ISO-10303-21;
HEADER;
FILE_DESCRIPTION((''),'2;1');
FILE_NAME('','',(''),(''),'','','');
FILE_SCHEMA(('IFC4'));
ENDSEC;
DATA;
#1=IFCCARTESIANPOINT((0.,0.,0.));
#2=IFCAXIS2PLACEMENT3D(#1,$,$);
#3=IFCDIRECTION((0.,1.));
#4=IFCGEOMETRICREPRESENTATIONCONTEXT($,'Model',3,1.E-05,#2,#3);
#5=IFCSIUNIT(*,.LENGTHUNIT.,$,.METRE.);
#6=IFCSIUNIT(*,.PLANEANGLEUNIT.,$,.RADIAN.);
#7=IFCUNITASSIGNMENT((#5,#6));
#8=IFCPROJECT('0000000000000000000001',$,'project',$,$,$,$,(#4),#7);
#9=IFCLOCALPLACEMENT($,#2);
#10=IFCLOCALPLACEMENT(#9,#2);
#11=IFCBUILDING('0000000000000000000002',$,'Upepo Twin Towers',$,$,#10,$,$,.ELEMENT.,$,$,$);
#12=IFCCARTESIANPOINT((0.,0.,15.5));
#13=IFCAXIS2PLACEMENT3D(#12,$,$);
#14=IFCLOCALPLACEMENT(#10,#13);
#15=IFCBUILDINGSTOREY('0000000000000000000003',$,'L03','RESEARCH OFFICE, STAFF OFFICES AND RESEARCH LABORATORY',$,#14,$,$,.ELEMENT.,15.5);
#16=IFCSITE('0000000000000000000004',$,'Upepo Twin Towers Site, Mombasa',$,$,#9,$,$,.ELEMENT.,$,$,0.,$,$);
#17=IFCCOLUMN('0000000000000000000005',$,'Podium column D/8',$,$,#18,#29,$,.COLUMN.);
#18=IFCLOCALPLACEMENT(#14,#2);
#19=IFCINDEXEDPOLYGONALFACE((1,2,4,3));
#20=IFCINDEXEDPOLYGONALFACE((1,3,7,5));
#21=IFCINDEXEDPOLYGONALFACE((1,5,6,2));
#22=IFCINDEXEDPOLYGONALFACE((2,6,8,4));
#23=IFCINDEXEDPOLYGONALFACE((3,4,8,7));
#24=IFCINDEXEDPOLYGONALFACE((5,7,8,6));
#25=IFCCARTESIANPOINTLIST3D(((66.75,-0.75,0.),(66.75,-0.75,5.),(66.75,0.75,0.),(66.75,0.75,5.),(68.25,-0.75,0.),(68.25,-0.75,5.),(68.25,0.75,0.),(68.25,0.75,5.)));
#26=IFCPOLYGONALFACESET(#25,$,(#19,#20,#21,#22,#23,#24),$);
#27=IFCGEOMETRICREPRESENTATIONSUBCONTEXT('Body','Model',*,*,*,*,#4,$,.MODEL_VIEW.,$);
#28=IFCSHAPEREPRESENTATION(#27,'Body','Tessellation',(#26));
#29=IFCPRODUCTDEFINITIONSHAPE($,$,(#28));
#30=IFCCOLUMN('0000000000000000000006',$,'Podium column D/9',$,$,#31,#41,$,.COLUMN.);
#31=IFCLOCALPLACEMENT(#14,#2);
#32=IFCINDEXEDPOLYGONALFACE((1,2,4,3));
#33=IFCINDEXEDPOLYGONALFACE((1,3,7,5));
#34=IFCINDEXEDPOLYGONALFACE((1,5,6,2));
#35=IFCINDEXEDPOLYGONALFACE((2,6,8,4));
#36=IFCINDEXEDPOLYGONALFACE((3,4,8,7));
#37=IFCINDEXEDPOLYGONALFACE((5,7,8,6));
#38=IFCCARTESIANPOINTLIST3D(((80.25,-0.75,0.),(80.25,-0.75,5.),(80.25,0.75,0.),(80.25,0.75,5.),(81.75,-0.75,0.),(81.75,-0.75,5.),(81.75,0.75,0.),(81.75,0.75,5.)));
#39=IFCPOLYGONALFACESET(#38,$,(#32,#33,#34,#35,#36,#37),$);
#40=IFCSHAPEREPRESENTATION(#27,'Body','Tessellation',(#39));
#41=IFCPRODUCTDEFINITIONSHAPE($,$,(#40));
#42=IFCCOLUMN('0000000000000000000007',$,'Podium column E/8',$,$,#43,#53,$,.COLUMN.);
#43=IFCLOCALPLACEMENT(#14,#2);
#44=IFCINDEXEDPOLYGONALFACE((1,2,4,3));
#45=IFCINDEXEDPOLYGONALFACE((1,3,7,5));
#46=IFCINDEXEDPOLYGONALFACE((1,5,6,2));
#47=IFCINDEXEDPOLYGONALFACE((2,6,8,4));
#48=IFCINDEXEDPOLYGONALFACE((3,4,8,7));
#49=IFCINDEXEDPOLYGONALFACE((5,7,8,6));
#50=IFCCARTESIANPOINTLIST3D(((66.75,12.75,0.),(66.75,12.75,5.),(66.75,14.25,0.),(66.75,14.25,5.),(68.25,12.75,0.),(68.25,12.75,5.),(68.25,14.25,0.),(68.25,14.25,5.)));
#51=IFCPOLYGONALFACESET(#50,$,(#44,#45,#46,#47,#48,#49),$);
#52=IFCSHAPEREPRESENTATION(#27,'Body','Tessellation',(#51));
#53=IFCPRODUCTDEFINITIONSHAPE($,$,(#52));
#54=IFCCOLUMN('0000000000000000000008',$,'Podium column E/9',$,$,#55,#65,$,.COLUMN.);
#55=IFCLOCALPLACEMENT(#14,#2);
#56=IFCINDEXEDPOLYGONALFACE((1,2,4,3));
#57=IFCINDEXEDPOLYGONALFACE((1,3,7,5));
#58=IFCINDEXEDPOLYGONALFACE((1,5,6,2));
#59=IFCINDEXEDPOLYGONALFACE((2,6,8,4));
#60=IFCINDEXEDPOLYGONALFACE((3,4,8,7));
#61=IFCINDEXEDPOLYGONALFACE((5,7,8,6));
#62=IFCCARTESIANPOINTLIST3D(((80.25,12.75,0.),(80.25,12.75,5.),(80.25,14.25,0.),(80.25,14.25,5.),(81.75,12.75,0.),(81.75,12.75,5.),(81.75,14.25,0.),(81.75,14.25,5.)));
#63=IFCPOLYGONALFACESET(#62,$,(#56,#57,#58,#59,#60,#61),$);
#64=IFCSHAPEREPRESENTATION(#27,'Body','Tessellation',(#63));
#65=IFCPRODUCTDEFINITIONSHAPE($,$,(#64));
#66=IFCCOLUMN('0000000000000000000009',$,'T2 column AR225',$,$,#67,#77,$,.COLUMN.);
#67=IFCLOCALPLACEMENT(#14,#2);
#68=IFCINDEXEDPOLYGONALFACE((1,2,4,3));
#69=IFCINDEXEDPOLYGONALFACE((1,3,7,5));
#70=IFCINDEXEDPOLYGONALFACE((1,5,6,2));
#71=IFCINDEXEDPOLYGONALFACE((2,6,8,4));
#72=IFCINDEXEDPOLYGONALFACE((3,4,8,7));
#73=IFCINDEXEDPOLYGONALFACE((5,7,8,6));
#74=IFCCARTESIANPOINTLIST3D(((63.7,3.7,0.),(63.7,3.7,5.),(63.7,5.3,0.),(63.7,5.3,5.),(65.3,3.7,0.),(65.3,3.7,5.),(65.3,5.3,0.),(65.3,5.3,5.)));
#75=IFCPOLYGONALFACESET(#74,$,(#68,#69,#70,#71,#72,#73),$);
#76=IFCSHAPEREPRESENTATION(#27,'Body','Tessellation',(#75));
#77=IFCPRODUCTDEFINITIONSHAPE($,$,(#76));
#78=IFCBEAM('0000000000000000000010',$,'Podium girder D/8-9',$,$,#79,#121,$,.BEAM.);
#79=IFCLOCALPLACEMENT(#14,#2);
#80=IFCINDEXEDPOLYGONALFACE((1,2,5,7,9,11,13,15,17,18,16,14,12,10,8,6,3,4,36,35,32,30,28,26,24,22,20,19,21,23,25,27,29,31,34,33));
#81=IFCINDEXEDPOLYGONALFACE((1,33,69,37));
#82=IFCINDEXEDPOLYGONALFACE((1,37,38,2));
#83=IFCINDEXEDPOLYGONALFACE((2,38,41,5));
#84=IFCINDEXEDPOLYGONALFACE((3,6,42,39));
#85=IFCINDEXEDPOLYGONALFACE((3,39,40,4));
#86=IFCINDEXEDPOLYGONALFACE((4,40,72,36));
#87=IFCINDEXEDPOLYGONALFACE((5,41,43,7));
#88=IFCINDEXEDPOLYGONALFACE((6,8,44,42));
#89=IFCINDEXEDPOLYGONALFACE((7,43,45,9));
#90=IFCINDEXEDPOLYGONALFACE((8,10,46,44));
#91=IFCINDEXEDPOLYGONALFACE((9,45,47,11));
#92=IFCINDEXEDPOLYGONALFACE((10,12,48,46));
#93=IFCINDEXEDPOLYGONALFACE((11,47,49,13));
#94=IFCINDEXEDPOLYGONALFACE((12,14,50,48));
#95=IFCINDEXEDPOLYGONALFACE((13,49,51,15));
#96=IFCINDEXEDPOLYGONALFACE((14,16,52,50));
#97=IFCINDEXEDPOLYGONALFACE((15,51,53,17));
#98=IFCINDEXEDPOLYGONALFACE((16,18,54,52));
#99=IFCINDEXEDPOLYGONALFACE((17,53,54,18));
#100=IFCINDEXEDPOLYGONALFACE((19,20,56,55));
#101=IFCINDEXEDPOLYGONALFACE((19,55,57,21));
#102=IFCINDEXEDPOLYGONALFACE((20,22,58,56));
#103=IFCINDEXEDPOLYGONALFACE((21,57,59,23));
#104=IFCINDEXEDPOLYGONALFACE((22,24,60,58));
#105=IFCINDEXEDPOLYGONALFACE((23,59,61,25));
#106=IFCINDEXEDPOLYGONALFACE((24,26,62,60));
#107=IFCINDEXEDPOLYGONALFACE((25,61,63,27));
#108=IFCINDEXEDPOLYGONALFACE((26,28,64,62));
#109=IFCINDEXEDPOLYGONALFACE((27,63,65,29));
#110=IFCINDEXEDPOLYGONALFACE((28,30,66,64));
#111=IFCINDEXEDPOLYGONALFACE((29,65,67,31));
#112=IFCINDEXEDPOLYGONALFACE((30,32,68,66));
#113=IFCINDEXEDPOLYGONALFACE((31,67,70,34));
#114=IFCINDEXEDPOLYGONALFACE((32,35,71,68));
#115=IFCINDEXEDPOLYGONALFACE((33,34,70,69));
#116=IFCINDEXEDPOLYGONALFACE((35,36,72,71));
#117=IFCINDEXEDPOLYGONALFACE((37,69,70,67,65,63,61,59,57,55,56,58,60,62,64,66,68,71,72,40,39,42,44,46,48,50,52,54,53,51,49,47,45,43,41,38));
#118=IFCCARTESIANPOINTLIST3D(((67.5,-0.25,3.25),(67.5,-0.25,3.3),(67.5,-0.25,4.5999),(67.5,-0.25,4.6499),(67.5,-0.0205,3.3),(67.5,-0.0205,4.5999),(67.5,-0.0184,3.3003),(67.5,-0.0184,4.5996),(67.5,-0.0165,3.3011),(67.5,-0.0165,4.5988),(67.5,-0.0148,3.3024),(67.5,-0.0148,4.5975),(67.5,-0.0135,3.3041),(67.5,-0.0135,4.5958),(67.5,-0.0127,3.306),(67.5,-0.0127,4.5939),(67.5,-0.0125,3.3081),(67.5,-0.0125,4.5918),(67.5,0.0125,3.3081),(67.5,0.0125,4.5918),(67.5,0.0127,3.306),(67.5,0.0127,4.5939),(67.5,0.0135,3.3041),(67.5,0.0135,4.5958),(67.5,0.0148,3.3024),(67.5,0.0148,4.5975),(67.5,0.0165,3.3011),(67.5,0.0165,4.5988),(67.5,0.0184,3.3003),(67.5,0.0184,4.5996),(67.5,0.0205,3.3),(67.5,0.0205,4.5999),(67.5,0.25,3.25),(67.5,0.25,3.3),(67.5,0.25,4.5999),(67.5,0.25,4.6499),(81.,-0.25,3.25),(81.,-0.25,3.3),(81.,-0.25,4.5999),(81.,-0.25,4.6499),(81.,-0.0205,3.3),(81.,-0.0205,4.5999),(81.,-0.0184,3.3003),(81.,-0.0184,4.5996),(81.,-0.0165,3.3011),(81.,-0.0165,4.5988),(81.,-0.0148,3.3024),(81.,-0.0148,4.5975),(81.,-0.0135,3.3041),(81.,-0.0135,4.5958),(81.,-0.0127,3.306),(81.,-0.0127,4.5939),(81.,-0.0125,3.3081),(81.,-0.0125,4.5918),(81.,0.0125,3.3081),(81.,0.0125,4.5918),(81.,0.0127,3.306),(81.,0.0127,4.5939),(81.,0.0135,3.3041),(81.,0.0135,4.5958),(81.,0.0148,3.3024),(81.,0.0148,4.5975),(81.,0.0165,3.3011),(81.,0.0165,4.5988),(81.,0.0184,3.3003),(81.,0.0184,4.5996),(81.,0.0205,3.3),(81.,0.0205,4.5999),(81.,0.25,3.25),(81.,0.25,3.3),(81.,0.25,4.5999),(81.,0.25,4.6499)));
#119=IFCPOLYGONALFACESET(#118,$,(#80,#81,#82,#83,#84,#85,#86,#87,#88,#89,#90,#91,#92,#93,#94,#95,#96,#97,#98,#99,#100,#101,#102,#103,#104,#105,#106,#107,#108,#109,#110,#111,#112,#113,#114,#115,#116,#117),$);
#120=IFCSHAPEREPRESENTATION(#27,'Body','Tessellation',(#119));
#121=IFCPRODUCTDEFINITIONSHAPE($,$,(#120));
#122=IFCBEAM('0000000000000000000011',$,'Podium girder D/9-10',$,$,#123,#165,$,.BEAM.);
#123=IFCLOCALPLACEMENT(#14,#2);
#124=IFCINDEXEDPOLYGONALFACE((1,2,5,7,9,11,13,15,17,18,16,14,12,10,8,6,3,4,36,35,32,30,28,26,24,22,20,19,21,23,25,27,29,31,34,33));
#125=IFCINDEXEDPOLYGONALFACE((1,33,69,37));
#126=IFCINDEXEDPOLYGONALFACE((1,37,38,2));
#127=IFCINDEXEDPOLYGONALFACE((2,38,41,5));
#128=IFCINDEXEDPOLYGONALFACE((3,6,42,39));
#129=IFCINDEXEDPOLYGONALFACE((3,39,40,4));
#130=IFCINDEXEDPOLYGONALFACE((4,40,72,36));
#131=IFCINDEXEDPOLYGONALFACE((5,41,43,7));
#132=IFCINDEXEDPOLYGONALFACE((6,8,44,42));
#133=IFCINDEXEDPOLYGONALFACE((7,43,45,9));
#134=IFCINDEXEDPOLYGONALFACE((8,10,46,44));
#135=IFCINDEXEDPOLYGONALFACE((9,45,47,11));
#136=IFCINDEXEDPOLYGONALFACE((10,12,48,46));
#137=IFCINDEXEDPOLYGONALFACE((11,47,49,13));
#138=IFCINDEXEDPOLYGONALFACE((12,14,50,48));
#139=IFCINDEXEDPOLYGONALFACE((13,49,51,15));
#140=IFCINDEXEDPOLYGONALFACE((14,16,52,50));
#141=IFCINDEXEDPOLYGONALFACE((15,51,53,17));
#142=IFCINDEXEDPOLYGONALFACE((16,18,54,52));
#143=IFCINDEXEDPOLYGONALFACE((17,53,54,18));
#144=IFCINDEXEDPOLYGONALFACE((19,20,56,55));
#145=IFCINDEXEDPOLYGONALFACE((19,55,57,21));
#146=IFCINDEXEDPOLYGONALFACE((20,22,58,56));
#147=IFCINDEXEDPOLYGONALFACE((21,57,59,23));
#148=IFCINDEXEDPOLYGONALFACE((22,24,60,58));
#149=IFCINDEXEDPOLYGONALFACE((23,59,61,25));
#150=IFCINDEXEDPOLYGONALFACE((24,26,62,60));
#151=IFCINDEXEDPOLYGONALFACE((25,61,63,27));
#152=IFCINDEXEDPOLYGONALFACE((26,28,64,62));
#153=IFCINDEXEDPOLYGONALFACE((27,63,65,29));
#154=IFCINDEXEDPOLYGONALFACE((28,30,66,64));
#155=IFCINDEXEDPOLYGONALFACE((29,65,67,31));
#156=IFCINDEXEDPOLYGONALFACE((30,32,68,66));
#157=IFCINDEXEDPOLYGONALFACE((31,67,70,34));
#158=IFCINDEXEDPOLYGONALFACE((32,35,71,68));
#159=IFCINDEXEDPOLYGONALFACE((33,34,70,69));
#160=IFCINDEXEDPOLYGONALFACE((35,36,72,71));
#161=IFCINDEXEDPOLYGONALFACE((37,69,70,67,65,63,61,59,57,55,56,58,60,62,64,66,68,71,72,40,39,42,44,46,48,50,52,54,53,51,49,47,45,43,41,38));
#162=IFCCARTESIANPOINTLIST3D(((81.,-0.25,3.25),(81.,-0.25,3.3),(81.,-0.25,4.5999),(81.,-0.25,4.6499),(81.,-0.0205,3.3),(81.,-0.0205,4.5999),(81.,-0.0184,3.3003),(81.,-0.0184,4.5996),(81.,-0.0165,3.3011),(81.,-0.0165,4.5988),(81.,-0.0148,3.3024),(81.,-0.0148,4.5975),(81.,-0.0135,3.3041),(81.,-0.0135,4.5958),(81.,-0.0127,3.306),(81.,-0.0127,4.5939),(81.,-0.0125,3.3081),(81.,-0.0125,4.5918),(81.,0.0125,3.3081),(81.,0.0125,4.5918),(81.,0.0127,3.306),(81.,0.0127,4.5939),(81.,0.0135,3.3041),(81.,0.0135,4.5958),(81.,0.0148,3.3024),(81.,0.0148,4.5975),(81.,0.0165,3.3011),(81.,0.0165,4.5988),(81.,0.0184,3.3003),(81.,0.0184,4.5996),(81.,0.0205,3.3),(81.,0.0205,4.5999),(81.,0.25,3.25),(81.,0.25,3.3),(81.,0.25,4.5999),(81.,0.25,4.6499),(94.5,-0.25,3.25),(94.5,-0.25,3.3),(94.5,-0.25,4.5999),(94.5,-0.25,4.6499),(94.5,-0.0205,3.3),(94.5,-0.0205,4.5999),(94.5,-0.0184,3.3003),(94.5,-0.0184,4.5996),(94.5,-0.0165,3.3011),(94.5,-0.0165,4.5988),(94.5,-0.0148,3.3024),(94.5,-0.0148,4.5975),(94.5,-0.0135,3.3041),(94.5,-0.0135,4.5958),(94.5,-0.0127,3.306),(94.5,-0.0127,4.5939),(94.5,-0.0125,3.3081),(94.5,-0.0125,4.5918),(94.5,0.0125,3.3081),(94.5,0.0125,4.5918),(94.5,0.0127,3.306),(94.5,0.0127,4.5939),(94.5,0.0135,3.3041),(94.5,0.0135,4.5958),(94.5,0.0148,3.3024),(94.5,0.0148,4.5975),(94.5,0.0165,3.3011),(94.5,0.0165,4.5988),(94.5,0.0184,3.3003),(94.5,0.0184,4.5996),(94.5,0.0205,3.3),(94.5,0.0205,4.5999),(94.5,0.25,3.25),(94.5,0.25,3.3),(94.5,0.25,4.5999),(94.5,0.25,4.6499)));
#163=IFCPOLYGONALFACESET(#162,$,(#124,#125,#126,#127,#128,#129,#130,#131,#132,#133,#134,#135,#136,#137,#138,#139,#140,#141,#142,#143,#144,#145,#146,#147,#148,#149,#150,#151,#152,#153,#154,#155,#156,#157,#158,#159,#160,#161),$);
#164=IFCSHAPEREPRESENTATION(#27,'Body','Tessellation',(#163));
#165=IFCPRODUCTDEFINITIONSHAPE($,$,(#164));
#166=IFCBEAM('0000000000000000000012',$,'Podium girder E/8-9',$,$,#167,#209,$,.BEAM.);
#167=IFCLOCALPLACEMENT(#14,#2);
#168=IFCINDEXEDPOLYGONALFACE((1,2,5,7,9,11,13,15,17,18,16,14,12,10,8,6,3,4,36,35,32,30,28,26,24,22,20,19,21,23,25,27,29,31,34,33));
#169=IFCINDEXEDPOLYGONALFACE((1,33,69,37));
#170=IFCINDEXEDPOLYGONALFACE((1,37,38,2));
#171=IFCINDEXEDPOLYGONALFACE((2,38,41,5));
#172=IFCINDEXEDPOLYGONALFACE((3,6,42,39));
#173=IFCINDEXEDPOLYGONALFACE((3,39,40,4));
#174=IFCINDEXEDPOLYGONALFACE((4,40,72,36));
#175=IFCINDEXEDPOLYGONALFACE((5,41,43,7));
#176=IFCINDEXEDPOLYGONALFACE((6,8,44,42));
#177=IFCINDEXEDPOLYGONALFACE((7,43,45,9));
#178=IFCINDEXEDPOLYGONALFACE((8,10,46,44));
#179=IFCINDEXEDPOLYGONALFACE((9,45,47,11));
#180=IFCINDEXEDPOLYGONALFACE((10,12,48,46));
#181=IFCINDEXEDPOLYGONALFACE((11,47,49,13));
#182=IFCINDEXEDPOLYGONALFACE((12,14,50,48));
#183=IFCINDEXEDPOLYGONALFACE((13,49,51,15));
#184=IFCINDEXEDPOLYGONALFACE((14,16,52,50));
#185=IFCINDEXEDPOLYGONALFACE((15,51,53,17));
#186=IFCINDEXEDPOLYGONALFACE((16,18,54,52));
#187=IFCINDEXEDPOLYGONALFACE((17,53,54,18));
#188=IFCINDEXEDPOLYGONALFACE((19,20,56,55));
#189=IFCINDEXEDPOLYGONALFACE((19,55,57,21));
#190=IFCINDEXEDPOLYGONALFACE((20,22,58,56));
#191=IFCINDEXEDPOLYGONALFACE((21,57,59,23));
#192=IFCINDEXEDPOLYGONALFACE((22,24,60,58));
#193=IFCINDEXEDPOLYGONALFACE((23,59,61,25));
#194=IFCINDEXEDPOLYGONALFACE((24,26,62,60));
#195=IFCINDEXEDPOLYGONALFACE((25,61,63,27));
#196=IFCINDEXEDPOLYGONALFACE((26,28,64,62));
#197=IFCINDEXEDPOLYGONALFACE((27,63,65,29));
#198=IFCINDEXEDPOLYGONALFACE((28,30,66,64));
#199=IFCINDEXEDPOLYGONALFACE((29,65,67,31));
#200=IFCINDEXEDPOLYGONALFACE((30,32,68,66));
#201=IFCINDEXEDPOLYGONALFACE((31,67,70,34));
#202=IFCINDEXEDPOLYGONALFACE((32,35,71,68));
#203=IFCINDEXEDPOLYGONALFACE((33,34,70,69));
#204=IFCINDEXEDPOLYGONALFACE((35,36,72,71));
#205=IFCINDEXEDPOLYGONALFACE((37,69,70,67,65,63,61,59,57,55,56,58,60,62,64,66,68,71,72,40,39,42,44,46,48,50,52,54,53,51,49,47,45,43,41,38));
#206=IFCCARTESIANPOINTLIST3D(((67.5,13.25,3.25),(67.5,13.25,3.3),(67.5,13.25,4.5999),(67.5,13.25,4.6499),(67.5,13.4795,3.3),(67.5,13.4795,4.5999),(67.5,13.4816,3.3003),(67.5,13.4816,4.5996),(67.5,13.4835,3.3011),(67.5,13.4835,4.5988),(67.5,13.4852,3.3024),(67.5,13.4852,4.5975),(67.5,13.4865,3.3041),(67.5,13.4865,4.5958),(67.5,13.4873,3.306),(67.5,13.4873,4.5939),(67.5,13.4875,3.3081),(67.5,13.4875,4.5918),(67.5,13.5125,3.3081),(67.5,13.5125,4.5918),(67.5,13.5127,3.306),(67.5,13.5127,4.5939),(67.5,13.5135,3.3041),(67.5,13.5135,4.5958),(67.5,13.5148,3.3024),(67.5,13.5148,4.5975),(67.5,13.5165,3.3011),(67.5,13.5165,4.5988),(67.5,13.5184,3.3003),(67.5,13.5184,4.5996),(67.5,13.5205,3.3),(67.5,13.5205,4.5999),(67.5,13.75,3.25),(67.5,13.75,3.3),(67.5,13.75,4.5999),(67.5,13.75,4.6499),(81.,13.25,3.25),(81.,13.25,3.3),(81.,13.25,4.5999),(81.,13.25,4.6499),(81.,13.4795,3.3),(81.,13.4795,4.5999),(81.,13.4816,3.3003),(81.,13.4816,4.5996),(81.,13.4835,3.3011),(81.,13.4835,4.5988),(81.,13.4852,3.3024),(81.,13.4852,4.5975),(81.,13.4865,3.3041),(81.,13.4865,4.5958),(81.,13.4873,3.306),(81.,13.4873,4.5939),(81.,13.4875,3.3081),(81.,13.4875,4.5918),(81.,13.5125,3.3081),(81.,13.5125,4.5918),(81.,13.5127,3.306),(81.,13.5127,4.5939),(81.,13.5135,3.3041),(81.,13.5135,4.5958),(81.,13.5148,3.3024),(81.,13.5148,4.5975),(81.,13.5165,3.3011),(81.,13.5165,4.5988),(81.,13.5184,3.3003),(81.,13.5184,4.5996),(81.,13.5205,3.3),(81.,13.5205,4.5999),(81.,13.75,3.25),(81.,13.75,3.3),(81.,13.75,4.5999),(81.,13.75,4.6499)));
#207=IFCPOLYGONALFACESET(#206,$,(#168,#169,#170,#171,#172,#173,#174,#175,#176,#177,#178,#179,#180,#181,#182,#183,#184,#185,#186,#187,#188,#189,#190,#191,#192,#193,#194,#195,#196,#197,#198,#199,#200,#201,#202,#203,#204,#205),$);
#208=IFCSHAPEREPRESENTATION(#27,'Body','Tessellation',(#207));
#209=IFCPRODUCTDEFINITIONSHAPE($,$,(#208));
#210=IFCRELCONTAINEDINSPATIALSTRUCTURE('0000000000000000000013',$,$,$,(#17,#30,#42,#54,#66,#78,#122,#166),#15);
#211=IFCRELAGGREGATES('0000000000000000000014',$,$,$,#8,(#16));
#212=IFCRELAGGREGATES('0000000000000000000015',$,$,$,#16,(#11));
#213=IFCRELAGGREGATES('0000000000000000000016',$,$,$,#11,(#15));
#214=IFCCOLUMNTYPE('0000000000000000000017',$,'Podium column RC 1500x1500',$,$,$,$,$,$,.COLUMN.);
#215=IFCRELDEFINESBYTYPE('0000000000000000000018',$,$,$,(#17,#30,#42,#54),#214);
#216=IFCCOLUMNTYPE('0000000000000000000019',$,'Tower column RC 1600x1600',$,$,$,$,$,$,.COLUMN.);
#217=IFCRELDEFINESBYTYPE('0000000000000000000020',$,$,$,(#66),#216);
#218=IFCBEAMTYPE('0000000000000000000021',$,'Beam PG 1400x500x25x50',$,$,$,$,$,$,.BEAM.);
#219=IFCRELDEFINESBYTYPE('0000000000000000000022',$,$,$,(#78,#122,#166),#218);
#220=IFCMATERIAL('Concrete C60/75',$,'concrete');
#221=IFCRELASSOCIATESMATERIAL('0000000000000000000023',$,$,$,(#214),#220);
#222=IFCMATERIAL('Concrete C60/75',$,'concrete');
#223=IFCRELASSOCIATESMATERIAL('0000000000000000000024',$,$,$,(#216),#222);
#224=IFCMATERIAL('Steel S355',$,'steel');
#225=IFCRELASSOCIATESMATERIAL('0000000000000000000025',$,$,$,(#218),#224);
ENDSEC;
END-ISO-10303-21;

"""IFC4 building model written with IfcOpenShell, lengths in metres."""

from ifc_helpers import new_model, si_unit, direction, frame, origin, origin_2d, place, context, subcontext, project, spatial, rectangle, i_section, extrude, material, material_profile, profile_set, type_object, element, save


model = new_model("IFC4")

# Units and contexts
model_context = context("Model", 3, precision=1e-05, world=origin(), true_north=direction((0.0, 1.0)))
body_context = subcontext(model_context, "Body", "Model", "MODEL_VIEW")
ifc_project = project(units=[si_unit("LENGTHUNIT", "METRE"), si_unit("PLANEANGLEUNIT", "RADIAN")], contexts=[model_context])

# Site, building, storey
site_placement = place(None, origin())
site = spatial("IfcSite", under=ifc_project, at=site_placement, Name="Upepo Twin Towers Site, Mombasa", CompositionType="ELEMENT", RefElevation=0.0)
building_placement = place(site_placement, origin())
building = spatial("IfcBuilding", under=site, at=building_placement, Name="Upepo Twin Towers", CompositionType="ELEMENT")
storey_placement = place(building_placement, frame((0.0, 0.0, 15.5)))
storey = spatial("IfcBuildingStorey", under=building, at=storey_placement, Name="L03", Description="RESEARCH OFFICE, STAFF OFFICES AND RESEARCH LABORATORY", CompositionType="ELEMENT", Elevation=15.5)

# Columns
ifc_material_1 = material(Name="Concrete C60/75", Category="concrete")
ifc_material_profile_1 = material_profile(ifc_material_1, rectangle(XDim=1.5, YDim=1.5, at=origin_2d()), Name="RC 1500x1500")
ifc_profile_set_1 = profile_set([ifc_material_profile_1], Name="Concrete C60/75")
column_type_1 = type_object("IfcColumnType", Name="Podium column RC 1500x1500", PredefinedType="COLUMN", material=ifc_profile_set_1)
for number, where, z_axis, x_axis, name in (
    (1, (67.5, 0.0, 0.0), (0.0, 0.0, 1.0), (1.0, 0.0, 0.0), "Podium column D/8"),
    (2, (81.0, 0.0, 0.0), (0.0, 0.0, 1.0), (1.0, 0.0, 0.0), "Podium column D/9"),
    (3, (67.5, 13.5, 0.0), (0.0, 0.0, 1.0), (1.0, 0.0, 0.0), "Podium column E/8"),
    (4, (81.0, 13.5, 0.0), (0.0, 0.0, 1.0), (1.0, 0.0, 0.0), "Podium column E/9"),
):
    element("IfcColumn", number, at=place(storey_placement, frame(where, z_axis=z_axis, x_axis=x_axis)), inside=storey, type_object=column_type_1, Name=name, PredefinedType="COLUMN", context=body_context, shape_type="SweptSolid", body=[
        extrude(rectangle(XDim=1.5, YDim=1.5, at=origin_2d()), origin(), (0.0, 0.0, 1.0), 5.0),
    ])
ifc_material_2 = material(Name="Concrete C60/75", Category="concrete")
ifc_material_profile_2 = material_profile(ifc_material_2, rectangle(XDim=1.6001, YDim=1.6001, at=origin_2d()), Name="RC 1600x1600")
ifc_profile_set_2 = profile_set([ifc_material_profile_2], Name="Concrete C60/75")
column_type_2 = type_object("IfcColumnType", Name="Tower column RC 1600x1600", PredefinedType="COLUMN", material=ifc_profile_set_2)
column_placement = place(storey_placement, frame((64.5, 4.5, 0.0), z_axis=(0.0, 0.0, 1.0), x_axis=(1.0, 0.0, 0.0)))
element("IfcColumn", 5, at=column_placement, inside=storey, type_object=column_type_2, Name="T2 column AR225", PredefinedType="COLUMN", context=body_context, shape_type="SweptSolid", body=[
    extrude(rectangle(XDim=1.6001, YDim=1.6001, at=origin_2d()), origin(), (0.0, 0.0, 1.0), 5.0),
])

# Beams
ifc_material_3 = material(Name="Steel S355", Category="steel")
ifc_material_profile_3 = material_profile(ifc_material_3, i_section(OverallWidth=0.5, OverallDepth=1.3999, WebThickness=0.0249, FlangeThickness=0.05, FilletRadius=0.0081, at=origin_2d()), Name="PG 1400x500x25x50")
ifc_profile_set_3 = profile_set([ifc_material_profile_3], Name="Steel S355")
beam_type_1 = type_object("IfcBeamType", Name="Beam PG 1400x500x25x50", PredefinedType="BEAM", material=ifc_profile_set_3)
for number, where, z_axis, x_axis, name in (
    (6, (67.5, 0.0, 3.95), (1.0, 0.0, 0.0), (0.0, 1.0, 0.0), "Podium girder D/8-9"),
    (7, (81.0, 0.0, 3.95), (1.0, 0.0, 0.0), (0.0, 1.0, 0.0), "Podium girder D/9-10"),
    (8, (67.5, 13.5, 3.95), (1.0, 0.0, 0.0), (0.0, 1.0, 0.0), "Podium girder E/8-9"),
):
    element("IfcBeam", number, at=place(storey_placement, frame(where, z_axis=z_axis, x_axis=x_axis)), inside=storey, type_object=beam_type_1, Name=name, PredefinedType="BEAM", context=body_context, shape_type="SweptSolid", body=[
        extrude(i_section(OverallWidth=0.5, OverallDepth=1.3999, WebThickness=0.0249, FlangeThickness=0.05, FilletRadius=0.0081, at=origin_2d()), origin(), (0.0, 0.0, 1.0), 13.5),
    ])

save(model, "model.ifc")
